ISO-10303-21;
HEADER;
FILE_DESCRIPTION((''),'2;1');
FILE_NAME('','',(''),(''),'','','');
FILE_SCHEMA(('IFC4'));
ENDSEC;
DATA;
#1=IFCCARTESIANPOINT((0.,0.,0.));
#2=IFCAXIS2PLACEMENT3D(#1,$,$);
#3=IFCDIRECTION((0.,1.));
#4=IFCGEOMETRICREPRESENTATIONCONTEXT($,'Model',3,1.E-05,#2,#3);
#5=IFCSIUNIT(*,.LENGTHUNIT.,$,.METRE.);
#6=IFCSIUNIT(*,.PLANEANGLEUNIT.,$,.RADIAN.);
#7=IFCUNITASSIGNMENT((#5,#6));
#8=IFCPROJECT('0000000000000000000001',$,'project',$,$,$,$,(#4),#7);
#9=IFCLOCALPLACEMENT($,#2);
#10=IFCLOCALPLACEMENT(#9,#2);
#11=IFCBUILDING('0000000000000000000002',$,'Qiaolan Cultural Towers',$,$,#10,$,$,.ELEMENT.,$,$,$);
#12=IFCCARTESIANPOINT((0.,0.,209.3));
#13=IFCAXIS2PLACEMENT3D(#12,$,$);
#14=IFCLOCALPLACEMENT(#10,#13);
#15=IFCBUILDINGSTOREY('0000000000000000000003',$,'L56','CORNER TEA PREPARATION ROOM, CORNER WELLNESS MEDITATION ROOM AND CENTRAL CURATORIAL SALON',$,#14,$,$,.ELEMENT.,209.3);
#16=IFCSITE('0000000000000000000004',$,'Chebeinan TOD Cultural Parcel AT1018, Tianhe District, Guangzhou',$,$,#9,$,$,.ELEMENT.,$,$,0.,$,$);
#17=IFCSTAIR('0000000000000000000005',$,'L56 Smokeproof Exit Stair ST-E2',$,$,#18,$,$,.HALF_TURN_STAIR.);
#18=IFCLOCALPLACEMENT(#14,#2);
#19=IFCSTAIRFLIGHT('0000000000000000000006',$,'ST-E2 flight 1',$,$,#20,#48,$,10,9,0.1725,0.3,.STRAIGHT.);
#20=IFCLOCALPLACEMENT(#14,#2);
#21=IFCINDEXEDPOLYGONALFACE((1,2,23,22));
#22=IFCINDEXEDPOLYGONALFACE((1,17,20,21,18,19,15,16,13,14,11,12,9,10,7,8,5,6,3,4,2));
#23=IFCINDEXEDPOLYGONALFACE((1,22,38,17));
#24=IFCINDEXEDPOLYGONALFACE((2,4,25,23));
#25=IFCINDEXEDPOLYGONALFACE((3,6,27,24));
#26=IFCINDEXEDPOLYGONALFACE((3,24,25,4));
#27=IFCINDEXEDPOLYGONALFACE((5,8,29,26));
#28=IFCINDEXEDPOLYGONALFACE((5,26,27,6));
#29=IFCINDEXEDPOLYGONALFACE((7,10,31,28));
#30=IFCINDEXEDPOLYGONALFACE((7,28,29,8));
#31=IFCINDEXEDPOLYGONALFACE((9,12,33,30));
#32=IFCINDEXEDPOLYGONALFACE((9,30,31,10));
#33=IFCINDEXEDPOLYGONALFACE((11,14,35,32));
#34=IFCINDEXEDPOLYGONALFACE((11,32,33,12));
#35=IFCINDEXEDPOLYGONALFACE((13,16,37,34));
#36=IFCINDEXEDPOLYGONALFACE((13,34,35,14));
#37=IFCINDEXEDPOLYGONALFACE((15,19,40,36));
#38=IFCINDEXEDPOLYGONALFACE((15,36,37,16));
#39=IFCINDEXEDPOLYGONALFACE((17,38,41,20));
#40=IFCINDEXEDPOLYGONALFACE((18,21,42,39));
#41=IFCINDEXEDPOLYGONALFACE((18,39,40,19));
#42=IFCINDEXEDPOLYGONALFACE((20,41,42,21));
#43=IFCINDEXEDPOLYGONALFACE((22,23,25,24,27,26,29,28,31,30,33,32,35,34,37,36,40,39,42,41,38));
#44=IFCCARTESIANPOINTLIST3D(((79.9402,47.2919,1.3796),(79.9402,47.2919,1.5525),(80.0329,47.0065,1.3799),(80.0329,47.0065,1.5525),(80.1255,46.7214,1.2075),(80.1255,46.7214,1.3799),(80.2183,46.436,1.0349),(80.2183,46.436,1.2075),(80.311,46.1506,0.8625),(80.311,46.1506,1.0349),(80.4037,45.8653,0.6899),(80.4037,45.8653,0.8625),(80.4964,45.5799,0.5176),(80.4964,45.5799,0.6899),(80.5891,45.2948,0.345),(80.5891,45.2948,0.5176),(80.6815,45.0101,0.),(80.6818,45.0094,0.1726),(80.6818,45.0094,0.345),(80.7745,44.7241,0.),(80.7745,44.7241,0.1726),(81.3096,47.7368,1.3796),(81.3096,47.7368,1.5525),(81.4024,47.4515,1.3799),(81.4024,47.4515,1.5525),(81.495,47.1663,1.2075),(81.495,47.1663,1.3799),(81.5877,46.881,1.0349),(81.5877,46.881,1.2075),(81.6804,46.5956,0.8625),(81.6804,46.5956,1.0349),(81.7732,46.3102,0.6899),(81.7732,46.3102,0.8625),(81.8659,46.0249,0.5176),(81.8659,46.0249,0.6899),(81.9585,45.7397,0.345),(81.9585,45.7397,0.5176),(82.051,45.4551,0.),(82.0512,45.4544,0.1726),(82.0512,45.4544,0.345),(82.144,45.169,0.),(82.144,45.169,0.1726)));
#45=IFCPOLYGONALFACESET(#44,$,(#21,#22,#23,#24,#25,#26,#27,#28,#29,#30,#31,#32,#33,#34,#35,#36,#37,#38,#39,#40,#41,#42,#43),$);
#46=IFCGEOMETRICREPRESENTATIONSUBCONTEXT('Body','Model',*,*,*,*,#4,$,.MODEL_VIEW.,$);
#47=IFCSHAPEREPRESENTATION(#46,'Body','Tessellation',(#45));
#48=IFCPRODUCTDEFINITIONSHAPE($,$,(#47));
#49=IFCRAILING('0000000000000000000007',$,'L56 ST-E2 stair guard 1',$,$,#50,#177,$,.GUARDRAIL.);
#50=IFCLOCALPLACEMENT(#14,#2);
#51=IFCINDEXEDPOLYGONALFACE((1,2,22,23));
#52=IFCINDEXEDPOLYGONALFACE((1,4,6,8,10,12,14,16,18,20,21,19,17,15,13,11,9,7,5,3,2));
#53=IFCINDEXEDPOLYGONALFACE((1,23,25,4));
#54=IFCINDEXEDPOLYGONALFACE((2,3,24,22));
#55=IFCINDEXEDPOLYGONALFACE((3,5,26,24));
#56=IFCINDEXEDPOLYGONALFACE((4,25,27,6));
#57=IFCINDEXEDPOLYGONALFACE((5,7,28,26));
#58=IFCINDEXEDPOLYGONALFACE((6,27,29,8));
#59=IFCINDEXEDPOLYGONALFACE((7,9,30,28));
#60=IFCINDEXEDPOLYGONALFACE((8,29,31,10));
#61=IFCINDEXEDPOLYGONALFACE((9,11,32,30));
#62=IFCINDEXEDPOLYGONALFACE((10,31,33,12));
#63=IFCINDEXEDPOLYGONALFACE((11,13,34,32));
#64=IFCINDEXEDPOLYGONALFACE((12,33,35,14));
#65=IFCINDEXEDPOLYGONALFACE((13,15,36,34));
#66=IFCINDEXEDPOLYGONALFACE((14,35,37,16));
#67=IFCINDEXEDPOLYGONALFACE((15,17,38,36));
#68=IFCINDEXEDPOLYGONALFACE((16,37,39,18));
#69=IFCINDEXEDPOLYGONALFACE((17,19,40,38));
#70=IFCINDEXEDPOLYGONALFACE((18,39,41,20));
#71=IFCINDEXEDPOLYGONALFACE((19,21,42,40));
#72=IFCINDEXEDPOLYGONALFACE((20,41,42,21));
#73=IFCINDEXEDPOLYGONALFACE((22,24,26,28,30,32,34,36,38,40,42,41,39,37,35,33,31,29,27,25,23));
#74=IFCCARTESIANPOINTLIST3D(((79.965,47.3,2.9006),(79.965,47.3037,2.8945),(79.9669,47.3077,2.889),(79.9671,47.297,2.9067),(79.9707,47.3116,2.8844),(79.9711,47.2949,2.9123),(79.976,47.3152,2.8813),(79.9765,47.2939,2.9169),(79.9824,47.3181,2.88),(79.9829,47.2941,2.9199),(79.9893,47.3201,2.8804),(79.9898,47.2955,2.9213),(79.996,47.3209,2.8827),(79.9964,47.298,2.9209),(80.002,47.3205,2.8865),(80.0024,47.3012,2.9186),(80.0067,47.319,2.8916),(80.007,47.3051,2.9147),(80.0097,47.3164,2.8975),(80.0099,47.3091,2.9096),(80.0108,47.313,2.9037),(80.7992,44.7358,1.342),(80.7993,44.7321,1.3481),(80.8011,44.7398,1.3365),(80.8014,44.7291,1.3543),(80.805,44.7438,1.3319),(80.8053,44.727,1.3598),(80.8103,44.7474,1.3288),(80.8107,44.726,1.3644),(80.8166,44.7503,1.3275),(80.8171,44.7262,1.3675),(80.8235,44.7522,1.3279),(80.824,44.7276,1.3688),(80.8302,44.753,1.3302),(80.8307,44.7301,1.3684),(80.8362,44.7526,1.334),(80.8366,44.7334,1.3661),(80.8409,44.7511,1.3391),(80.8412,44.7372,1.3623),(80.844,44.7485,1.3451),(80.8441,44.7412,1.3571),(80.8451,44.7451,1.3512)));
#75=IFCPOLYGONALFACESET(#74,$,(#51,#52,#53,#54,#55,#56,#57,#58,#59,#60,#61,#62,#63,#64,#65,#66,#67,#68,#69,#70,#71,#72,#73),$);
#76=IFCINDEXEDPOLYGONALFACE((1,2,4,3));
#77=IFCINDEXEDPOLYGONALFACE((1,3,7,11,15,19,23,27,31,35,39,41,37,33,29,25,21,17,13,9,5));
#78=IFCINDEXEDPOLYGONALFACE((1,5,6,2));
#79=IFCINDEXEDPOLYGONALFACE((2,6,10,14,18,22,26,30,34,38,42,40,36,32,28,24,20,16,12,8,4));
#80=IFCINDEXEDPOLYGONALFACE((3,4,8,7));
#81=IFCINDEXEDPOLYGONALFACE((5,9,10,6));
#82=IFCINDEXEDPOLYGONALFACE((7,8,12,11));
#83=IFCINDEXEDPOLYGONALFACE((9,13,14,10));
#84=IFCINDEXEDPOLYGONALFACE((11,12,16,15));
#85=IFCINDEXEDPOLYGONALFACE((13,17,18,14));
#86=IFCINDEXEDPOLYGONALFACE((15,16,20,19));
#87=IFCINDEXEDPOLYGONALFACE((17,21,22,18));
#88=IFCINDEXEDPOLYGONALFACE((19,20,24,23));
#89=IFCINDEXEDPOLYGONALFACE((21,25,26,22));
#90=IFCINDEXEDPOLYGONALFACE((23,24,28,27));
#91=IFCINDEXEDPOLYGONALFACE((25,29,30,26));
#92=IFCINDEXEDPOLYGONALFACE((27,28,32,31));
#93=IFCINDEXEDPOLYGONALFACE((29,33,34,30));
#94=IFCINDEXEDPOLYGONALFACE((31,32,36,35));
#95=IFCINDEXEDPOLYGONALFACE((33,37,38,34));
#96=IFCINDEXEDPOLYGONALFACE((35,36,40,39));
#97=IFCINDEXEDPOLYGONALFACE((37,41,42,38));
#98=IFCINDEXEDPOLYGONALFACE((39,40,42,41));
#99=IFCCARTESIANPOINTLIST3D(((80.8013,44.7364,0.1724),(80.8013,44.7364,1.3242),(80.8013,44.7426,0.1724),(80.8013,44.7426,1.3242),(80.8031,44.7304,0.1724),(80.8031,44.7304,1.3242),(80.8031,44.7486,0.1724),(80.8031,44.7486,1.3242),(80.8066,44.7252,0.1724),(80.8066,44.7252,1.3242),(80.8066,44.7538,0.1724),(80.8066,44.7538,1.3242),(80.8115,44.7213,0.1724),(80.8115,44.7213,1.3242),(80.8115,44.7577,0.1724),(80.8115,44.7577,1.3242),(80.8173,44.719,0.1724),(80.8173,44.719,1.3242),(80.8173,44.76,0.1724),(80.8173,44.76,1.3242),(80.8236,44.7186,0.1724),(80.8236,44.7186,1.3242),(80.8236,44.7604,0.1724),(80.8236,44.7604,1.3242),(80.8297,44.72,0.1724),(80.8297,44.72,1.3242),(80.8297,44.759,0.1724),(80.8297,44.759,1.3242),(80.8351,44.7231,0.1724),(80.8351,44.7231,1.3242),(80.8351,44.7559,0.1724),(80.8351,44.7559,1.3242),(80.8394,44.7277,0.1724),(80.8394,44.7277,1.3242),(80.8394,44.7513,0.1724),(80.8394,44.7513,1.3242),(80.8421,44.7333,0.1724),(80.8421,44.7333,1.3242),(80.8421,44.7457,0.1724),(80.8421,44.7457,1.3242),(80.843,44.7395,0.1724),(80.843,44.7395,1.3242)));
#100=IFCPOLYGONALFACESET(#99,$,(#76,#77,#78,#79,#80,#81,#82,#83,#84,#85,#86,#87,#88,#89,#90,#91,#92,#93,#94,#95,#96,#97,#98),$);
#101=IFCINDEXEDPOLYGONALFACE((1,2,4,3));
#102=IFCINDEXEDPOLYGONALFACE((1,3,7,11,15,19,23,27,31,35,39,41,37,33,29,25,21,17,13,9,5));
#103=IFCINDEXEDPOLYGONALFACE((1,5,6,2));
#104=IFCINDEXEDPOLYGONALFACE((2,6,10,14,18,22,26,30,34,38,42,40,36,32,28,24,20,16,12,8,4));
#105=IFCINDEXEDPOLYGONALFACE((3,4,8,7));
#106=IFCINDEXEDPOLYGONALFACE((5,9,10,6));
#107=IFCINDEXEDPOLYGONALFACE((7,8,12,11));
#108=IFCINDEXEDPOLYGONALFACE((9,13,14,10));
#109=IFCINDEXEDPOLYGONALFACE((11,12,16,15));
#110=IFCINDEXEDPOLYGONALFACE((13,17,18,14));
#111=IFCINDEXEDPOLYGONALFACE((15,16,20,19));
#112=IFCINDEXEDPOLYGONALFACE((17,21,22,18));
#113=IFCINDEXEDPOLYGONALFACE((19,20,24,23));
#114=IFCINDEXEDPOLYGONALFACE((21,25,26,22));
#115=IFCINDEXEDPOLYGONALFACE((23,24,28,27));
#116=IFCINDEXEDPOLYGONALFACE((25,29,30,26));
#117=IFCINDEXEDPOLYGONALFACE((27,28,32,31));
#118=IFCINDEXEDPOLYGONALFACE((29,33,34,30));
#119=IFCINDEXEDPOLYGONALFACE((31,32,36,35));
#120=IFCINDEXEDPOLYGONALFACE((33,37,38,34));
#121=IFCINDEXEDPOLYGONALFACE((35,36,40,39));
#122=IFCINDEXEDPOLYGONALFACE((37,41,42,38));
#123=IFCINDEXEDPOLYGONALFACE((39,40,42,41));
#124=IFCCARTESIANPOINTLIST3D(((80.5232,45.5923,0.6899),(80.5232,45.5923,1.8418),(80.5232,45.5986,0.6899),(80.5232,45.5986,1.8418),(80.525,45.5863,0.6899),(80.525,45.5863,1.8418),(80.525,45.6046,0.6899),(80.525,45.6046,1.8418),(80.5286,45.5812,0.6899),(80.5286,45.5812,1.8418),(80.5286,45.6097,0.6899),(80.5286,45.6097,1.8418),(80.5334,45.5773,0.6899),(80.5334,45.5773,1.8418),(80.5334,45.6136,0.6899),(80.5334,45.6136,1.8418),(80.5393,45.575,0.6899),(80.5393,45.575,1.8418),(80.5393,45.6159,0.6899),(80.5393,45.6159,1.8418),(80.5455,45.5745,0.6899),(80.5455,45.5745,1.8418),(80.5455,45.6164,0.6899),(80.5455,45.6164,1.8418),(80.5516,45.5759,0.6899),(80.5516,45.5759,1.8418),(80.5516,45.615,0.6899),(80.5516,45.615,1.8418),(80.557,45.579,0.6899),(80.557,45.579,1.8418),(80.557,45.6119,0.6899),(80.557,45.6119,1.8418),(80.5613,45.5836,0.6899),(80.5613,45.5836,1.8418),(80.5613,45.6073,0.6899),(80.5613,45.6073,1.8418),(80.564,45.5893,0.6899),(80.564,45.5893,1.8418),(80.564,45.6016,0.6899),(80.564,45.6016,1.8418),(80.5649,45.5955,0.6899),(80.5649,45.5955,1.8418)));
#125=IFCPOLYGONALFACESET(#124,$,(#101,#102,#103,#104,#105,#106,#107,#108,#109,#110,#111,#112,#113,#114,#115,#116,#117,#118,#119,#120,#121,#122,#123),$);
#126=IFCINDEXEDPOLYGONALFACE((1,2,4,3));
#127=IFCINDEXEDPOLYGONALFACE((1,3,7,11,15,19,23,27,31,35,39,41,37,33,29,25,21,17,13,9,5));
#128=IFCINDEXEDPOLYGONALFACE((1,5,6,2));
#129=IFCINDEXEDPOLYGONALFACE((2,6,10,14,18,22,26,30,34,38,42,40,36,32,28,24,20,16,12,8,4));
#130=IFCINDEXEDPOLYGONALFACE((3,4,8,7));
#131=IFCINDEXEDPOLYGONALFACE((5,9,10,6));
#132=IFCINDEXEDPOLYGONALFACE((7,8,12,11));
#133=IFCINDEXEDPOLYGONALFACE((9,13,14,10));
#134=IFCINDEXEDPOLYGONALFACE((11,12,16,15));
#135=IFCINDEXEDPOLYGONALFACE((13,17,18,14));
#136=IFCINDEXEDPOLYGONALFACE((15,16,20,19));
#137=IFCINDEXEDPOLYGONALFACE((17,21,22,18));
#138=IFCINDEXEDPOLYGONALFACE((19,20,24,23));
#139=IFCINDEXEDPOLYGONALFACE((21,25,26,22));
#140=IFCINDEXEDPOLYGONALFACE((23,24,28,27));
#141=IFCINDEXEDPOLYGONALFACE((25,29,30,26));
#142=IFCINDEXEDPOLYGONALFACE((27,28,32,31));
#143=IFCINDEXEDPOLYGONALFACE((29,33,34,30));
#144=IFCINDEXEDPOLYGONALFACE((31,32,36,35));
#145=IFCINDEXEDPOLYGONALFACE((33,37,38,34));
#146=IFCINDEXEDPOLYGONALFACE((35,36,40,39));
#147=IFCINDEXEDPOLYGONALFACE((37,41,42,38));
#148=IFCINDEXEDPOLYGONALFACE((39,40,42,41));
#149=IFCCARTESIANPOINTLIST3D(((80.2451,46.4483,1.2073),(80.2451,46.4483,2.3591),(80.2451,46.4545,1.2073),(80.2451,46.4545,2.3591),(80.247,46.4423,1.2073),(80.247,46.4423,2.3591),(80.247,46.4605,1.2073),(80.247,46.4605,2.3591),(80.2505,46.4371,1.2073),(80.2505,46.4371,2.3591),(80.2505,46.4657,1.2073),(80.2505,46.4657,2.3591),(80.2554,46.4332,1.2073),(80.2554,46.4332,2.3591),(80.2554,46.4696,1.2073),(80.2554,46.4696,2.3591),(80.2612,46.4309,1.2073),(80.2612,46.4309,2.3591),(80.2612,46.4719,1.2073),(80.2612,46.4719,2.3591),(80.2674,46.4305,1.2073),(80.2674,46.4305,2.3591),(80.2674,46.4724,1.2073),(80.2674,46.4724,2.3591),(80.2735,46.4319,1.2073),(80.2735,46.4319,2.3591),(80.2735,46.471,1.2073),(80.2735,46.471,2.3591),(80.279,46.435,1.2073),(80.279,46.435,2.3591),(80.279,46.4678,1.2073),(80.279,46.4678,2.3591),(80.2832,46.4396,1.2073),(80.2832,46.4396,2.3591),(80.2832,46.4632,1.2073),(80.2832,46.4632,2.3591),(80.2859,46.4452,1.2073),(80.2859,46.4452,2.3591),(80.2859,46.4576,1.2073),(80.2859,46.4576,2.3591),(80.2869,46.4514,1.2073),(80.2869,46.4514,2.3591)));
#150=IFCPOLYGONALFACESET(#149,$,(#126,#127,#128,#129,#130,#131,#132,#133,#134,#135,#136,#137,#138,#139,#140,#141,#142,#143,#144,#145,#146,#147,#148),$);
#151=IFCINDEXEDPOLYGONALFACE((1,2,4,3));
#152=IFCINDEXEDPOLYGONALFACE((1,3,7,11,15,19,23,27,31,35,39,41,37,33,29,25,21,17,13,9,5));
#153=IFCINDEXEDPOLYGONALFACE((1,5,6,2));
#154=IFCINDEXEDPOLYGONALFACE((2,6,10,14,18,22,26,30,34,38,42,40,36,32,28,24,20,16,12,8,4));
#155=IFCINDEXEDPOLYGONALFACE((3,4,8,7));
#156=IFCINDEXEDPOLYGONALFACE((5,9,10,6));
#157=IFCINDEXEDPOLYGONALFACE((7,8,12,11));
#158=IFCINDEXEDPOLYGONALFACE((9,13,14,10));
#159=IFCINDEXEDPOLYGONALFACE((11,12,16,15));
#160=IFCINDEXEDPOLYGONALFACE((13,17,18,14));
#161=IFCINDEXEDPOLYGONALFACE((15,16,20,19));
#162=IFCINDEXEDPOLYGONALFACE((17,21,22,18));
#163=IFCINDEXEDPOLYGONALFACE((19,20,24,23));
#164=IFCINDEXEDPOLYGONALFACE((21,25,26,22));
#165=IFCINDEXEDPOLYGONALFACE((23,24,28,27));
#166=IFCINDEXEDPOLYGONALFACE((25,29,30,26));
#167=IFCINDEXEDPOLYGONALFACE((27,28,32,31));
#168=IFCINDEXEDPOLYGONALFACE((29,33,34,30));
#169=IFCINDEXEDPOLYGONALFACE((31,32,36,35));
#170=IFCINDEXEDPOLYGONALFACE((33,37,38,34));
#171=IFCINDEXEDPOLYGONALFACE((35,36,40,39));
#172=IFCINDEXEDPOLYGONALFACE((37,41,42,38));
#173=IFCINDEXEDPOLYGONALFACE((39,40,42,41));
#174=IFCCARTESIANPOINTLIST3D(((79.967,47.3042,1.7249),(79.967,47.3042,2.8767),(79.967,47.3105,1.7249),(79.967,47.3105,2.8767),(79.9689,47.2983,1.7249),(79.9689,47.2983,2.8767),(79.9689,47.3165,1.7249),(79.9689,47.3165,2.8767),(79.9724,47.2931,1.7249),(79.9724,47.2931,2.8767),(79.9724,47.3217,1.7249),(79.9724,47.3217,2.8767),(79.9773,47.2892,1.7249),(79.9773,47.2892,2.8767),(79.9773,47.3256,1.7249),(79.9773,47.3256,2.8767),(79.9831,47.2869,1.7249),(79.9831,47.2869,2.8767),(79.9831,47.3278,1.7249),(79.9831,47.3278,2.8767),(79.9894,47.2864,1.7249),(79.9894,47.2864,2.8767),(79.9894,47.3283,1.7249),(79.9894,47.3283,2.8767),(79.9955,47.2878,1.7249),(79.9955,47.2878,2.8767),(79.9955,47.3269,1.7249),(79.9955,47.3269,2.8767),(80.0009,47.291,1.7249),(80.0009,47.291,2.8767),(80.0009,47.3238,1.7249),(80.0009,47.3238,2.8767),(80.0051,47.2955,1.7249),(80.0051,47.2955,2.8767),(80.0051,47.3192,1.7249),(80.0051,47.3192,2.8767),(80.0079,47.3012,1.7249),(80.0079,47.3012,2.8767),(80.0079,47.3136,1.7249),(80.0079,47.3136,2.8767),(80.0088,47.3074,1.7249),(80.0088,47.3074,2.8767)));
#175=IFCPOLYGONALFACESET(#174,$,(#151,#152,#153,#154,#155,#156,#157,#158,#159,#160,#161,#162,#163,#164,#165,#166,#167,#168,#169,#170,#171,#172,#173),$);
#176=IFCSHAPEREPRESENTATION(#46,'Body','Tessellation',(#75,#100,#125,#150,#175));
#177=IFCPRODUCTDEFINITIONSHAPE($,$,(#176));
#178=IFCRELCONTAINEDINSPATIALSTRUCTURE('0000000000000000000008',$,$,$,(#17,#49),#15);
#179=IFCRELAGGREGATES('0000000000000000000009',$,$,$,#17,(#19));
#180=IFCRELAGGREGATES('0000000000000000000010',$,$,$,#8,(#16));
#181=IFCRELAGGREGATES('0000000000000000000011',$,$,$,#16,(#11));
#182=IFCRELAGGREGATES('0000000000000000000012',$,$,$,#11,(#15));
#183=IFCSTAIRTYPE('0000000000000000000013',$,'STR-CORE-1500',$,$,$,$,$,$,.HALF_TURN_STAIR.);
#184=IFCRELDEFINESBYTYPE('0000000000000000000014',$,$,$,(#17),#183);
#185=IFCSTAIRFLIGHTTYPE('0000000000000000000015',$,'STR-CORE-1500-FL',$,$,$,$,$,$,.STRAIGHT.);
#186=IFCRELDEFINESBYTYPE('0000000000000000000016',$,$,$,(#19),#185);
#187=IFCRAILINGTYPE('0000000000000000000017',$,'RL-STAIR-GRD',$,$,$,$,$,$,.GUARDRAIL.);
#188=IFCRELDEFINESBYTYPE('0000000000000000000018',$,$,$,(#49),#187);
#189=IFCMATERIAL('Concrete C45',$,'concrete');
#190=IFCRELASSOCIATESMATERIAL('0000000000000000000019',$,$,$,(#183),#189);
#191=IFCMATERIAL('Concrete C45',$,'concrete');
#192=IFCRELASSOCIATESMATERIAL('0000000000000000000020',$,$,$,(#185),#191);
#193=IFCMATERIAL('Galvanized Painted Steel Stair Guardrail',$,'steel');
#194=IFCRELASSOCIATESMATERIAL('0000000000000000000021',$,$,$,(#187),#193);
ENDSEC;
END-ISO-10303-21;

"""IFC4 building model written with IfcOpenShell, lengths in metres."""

from ifc_helpers import new_model, si_unit, direction, frame, origin, origin_2d, place, context, subcontext, project, spatial, polyline, circle, outline, extrude, material, type_object, element, aggregate, save


model = new_model("IFC4")

# Units and contexts
model_context = context("Model", 3, precision=1e-05, world=origin(), true_north=direction((0.0, 1.0)))
body_context = subcontext(model_context, "Body", "Model", "MODEL_VIEW")
ifc_project = project(units=[si_unit("LENGTHUNIT", "METRE"), si_unit("PLANEANGLEUNIT", "RADIAN")], contexts=[model_context])

# Site, building, storey
site_placement = place(None, origin())
site = spatial("IfcSite", under=ifc_project, at=site_placement, Name="Chebeinan TOD Cultural Parcel AT1018, Tianhe District, Guangzhou", CompositionType="ELEMENT", RefElevation=0.0)
building_placement = place(site_placement, origin())
building = spatial("IfcBuilding", under=site, at=building_placement, Name="Qiaolan Cultural Towers", CompositionType="ELEMENT")
storey_placement = place(building_placement, frame((0.0, 0.0, 209.3)))
storey = spatial("IfcBuildingStorey", under=building, at=storey_placement, Name="L56", Description="CORNER TEA PREPARATION ROOM, CORNER WELLNESS MEDITATION ROOM AND CENTRAL CURATORIAL SALON", CompositionType="ELEMENT", Elevation=209.3)

# Stair, stair flight
ifc_material_1 = material(Name="Concrete C45", Category="concrete")
stair_type = type_object("IfcStairType", Name="STR-CORE-1500", PredefinedType="HALF_TURN_STAIR", material=ifc_material_1)
stair_placement = place(storey_placement, origin())
stair = element("IfcStair", 1, at=stair_placement, inside=storey, type_object=stair_type, Name="L56 Smokeproof Exit Stair ST-E2", PredefinedType="HALF_TURN_STAIR")
ifc_material_2 = material(Name="Concrete C45", Category="concrete")
stair_flight_type = type_object("IfcStairFlightType", Name="STR-CORE-1500-FL", PredefinedType="STRAIGHT", material=ifc_material_2)
stair_flight_placement = place(storey_placement, frame((81.4592, 44.9465, 0.0), z_axis=(0.0, 0.0, 1.0), x_axis=(-0.309017, 0.951057, 0.0)))
stair_flight = element("IfcStairFlight", 2, at=stair_flight_placement, type_object=stair_flight_type, Name="ST-E2 flight 1", NumberOfRisers=10, NumberOfTreads=9, PredefinedType="STRAIGHT", RiserHeight=0.1725, TreadLength=0.3, context=body_context, shape_type="SweptSolid", body=[
    extrude(outline(polyline([(0.0, 0.0), (0.0, 0.1726), (0.3, 0.1726), (0.3, 0.345), (0.6001, 0.345), (0.6001, 0.5176), (0.8999, 0.5176), (0.8999, 0.6899), (1.2, 0.6899), (1.2, 0.8625), (1.5, 0.8625), (1.5, 1.0349), (1.8, 1.0349), (1.8, 1.2075), (2.1001, 1.2075), (2.1001, 1.3799), (2.3999, 1.3799), (2.3999, 1.5525), (2.7, 1.5525), (2.7, 1.7251), (2.7, 1.3796), (0.3008, 0.0), (0.0, 0.0)])), frame((0.0, 0.72, 0.0), z_axis=(0.0, -1.0, 0.0), x_axis=(1.0, 0.0, 0.0)), (0.0, 0.0, 1.0), 1.4399),
])
aggregate(stair, [stair_flight])

# Railing
ifc_material_3 = material(Name="Galvanized Painted Steel Stair Guardrail", Category="steel")
railing_type_1 = type_object("IfcRailingType", Name="RL-STAIR-GRD", PredefinedType="GUARDRAIL", material=ifc_material_3)
railing_1_placement = place(storey_placement, frame((80.822, 44.7395, 0.1724)))
element("IfcRailing", 3, at=railing_1_placement, inside=storey, type_object=railing_type_1, Name="L56 ST-E2 stair guard 1", PredefinedType="GUARDRAIL", context=body_context, shape_type="SweptSolid", body=[
    extrude(circle(Radius=0.0239, at=origin_2d()), frame((0.0, 0.0, 1.1758), z_axis=(-0.267853, 0.824488, 0.498471), x_axis=(-0.95107, -0.308976, 0.0)), (0.0, 0.0, 1.0), 3.1145),
    extrude(circle(Radius=0.021, at=origin_2d()), origin(), (0.0, 0.0, 1.0), 1.1519),
    extrude(circle(Radius=0.021, at=origin_2d()), frame((-0.2781, 0.856, 0.5176)), (0.0, 0.0, 1.0), 1.1519),
    extrude(circle(Radius=0.021, at=origin_2d()), frame((-0.5562, 1.7119, 1.0349)), (0.0, 0.0, 1.0), 1.1519),
    extrude(circle(Radius=0.021, at=origin_2d()), frame((-0.8342, 2.5679, 1.5525)), (0.0, 0.0, 1.0), 1.1519),
])

save(model, "model.ifc")
